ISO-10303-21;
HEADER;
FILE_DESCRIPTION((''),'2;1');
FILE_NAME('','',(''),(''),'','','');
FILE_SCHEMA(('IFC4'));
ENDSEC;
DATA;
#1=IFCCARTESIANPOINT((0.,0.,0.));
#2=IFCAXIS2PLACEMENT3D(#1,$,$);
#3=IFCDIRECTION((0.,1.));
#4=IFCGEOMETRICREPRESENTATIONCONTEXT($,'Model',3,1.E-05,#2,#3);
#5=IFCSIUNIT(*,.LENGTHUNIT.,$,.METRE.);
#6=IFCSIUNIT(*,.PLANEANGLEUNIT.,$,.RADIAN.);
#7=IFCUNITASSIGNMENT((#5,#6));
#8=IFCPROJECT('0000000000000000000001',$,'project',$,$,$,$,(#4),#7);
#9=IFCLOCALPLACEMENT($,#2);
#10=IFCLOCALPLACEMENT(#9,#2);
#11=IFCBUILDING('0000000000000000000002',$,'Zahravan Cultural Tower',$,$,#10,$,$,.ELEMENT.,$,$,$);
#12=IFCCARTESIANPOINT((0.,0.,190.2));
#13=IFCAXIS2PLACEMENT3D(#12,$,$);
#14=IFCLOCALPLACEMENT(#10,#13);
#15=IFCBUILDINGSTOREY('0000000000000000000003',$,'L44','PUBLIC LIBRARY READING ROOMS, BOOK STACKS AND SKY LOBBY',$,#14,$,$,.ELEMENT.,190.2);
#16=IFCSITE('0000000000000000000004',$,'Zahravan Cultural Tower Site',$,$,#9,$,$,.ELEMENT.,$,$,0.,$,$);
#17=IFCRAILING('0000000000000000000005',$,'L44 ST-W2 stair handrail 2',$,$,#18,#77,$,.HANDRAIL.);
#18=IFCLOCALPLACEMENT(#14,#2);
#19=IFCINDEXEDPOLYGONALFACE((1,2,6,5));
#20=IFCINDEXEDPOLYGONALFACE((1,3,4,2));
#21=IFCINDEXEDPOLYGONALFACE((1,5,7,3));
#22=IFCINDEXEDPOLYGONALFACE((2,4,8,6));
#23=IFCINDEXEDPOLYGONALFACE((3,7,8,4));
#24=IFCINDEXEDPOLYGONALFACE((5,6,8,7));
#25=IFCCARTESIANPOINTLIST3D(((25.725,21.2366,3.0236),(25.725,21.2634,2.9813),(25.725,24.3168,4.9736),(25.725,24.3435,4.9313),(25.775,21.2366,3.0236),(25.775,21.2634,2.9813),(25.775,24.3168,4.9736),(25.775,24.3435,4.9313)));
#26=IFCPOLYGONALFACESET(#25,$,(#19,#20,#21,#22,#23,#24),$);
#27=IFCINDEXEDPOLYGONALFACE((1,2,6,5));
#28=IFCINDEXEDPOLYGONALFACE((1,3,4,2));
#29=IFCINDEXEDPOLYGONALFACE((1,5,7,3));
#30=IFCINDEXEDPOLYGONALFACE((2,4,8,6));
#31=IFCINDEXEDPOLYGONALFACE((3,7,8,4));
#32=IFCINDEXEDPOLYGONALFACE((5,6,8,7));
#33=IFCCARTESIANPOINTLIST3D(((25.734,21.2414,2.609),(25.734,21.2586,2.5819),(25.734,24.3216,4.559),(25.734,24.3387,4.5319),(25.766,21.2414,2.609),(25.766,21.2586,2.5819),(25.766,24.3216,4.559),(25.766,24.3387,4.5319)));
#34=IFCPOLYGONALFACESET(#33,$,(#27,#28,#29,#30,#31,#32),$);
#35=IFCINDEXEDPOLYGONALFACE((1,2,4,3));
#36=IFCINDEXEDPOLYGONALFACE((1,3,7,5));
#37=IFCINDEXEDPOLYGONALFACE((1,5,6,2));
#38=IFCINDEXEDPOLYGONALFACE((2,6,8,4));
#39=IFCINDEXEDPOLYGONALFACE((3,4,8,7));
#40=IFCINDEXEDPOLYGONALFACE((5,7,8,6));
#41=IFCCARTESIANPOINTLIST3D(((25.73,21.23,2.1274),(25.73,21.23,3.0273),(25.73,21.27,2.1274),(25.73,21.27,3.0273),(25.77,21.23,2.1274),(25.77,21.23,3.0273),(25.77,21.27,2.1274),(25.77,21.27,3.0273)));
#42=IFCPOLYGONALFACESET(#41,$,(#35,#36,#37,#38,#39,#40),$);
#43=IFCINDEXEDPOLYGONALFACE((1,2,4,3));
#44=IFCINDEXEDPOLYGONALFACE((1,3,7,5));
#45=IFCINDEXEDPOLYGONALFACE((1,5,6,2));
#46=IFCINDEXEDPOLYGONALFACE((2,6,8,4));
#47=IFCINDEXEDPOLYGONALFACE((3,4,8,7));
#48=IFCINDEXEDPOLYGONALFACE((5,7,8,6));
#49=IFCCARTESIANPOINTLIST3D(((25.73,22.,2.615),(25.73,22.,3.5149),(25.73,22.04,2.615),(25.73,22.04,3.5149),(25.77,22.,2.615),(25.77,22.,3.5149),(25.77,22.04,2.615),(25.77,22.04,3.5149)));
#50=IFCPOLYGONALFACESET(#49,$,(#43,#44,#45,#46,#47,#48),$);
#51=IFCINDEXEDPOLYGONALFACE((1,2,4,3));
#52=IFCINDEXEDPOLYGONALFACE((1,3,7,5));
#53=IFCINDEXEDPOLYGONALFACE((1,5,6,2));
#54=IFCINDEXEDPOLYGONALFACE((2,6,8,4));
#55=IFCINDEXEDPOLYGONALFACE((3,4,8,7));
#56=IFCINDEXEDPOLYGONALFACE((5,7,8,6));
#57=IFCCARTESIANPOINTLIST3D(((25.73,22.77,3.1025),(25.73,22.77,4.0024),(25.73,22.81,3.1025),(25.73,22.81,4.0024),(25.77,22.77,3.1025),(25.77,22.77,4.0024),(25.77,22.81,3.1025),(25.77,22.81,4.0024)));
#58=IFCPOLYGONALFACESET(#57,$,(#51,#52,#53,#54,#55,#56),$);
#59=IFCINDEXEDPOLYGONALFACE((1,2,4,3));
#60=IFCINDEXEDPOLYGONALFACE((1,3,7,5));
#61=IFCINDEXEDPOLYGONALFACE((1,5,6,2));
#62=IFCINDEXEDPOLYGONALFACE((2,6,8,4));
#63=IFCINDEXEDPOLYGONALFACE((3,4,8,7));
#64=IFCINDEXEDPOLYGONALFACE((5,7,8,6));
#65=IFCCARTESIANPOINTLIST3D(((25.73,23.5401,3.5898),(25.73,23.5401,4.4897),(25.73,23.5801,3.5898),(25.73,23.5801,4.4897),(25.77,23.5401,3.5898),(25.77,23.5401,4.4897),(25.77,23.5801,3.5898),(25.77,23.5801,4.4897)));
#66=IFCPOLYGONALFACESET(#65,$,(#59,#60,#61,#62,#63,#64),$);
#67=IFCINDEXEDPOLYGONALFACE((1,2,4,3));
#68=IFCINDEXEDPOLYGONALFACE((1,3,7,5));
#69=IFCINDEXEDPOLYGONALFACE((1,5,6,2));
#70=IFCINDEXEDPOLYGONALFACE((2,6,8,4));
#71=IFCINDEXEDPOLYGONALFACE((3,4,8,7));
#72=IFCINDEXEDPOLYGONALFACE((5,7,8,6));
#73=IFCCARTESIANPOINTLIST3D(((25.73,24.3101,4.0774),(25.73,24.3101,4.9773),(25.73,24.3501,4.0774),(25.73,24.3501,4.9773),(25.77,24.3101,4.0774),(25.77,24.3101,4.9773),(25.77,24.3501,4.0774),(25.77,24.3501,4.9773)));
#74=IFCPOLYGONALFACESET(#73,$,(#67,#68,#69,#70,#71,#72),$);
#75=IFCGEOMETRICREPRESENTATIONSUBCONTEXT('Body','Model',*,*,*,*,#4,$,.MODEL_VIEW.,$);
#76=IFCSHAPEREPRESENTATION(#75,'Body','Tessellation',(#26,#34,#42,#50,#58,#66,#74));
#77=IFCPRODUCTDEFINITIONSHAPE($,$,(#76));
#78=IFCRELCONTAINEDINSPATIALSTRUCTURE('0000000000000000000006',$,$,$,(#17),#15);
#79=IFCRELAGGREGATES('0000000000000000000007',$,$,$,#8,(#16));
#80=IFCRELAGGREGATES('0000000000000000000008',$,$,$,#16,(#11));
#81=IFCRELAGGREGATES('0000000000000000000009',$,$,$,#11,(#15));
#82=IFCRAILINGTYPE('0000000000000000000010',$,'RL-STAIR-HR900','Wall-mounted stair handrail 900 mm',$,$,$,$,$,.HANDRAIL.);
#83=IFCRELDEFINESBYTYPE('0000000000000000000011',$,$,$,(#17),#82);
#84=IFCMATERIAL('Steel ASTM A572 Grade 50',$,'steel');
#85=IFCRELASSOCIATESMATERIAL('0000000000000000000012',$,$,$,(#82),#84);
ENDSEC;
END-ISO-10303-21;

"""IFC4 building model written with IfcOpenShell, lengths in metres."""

from ifc_helpers import new_model, si_unit, direction, frame, origin, origin_2d, place, context, subcontext, project, spatial, rectangle, extrude, material, type_object, element, save


model = new_model("IFC4")

# Units and contexts
model_context = context("Model", 3, precision=1e-05, world=origin(), true_north=direction((0.0, 1.0)))
body_context = subcontext(model_context, "Body", "Model", "MODEL_VIEW")
ifc_project = project(units=[si_unit("LENGTHUNIT", "METRE"), si_unit("PLANEANGLEUNIT", "RADIAN")], contexts=[model_context])

# Site, building, storey
site_placement = place(None, origin())
site = spatial("IfcSite", under=ifc_project, at=site_placement, Name="Zahravan Cultural Tower Site", CompositionType="ELEMENT", RefElevation=0.0)
building_placement = place(site_placement, origin())
building = spatial("IfcBuilding", under=site, at=building_placement, Name="Zahravan Cultural Tower", CompositionType="ELEMENT")
storey_placement = place(building_placement, frame((0.0, 0.0, 190.2)))
storey = spatial("IfcBuildingStorey", under=building, at=storey_placement, Name="L44", Description="PUBLIC LIBRARY READING ROOMS, BOOK STACKS AND SKY LOBBY", CompositionType="ELEMENT", Elevation=190.2)

# Shared definitions
ifc_material_1 = material(Name="Steel ASTM A572 Grade 50", Category="steel")

# Railing
railing_type_1 = type_object("IfcRailingType", Name="RL-STAIR-HR900", Description="Wall-mounted stair handrail 900 mm", PredefinedType="HANDRAIL", material=ifc_material_1)
railing_1_placement = place(storey_placement, frame((25.75, 21.25, 2.1274)))
element("IfcRailing", 1, at=railing_1_placement, inside=storey, type_object=railing_type_1, Name="L44 ST-W2 stair handrail 2", PredefinedType="HANDRAIL", context=body_context, shape_type="SweptSolid", body=[
    extrude(rectangle(XDim=0.05, YDim=0.05, at=origin_2d()), frame((0.0, 0.0, 0.875), z_axis=(0.0, 0.844914, 0.534902), x_axis=(-1.0, 0.0, 0.0)), (0.0, 0.0, 1.0), 3.6455),
    extrude(rectangle(XDim=0.032, YDim=0.032, at=origin_2d()), frame((0.0, 0.0, 0.468), z_axis=(0.0, 0.844914, 0.534902), x_axis=(-1.0, 0.0, 0.0)), (0.0, 0.0, 1.0), 3.6455),
    extrude(rectangle(XDim=0.04, YDim=0.04, at=origin_2d()), origin(), (0.0, 0.0, 1.0), 0.8999),
    extrude(rectangle(XDim=0.04, YDim=0.04, at=origin_2d()), frame((0.0, 0.77, 0.4875)), (0.0, 0.0, 1.0), 0.8999),
    extrude(rectangle(XDim=0.04, YDim=0.04, at=origin_2d()), frame((0.0, 1.54, 0.9751)), (0.0, 0.0, 1.0), 0.8999),
    extrude(rectangle(XDim=0.04, YDim=0.04, at=origin_2d()), frame((0.0, 2.3101, 1.4624)), (0.0, 0.0, 1.0), 0.8999),
    extrude(rectangle(XDim=0.04, YDim=0.04, at=origin_2d()), frame((0.0, 3.0801, 1.95)), (0.0, 0.0, 1.0), 0.8999),
])

save(model, "model.ifc")
